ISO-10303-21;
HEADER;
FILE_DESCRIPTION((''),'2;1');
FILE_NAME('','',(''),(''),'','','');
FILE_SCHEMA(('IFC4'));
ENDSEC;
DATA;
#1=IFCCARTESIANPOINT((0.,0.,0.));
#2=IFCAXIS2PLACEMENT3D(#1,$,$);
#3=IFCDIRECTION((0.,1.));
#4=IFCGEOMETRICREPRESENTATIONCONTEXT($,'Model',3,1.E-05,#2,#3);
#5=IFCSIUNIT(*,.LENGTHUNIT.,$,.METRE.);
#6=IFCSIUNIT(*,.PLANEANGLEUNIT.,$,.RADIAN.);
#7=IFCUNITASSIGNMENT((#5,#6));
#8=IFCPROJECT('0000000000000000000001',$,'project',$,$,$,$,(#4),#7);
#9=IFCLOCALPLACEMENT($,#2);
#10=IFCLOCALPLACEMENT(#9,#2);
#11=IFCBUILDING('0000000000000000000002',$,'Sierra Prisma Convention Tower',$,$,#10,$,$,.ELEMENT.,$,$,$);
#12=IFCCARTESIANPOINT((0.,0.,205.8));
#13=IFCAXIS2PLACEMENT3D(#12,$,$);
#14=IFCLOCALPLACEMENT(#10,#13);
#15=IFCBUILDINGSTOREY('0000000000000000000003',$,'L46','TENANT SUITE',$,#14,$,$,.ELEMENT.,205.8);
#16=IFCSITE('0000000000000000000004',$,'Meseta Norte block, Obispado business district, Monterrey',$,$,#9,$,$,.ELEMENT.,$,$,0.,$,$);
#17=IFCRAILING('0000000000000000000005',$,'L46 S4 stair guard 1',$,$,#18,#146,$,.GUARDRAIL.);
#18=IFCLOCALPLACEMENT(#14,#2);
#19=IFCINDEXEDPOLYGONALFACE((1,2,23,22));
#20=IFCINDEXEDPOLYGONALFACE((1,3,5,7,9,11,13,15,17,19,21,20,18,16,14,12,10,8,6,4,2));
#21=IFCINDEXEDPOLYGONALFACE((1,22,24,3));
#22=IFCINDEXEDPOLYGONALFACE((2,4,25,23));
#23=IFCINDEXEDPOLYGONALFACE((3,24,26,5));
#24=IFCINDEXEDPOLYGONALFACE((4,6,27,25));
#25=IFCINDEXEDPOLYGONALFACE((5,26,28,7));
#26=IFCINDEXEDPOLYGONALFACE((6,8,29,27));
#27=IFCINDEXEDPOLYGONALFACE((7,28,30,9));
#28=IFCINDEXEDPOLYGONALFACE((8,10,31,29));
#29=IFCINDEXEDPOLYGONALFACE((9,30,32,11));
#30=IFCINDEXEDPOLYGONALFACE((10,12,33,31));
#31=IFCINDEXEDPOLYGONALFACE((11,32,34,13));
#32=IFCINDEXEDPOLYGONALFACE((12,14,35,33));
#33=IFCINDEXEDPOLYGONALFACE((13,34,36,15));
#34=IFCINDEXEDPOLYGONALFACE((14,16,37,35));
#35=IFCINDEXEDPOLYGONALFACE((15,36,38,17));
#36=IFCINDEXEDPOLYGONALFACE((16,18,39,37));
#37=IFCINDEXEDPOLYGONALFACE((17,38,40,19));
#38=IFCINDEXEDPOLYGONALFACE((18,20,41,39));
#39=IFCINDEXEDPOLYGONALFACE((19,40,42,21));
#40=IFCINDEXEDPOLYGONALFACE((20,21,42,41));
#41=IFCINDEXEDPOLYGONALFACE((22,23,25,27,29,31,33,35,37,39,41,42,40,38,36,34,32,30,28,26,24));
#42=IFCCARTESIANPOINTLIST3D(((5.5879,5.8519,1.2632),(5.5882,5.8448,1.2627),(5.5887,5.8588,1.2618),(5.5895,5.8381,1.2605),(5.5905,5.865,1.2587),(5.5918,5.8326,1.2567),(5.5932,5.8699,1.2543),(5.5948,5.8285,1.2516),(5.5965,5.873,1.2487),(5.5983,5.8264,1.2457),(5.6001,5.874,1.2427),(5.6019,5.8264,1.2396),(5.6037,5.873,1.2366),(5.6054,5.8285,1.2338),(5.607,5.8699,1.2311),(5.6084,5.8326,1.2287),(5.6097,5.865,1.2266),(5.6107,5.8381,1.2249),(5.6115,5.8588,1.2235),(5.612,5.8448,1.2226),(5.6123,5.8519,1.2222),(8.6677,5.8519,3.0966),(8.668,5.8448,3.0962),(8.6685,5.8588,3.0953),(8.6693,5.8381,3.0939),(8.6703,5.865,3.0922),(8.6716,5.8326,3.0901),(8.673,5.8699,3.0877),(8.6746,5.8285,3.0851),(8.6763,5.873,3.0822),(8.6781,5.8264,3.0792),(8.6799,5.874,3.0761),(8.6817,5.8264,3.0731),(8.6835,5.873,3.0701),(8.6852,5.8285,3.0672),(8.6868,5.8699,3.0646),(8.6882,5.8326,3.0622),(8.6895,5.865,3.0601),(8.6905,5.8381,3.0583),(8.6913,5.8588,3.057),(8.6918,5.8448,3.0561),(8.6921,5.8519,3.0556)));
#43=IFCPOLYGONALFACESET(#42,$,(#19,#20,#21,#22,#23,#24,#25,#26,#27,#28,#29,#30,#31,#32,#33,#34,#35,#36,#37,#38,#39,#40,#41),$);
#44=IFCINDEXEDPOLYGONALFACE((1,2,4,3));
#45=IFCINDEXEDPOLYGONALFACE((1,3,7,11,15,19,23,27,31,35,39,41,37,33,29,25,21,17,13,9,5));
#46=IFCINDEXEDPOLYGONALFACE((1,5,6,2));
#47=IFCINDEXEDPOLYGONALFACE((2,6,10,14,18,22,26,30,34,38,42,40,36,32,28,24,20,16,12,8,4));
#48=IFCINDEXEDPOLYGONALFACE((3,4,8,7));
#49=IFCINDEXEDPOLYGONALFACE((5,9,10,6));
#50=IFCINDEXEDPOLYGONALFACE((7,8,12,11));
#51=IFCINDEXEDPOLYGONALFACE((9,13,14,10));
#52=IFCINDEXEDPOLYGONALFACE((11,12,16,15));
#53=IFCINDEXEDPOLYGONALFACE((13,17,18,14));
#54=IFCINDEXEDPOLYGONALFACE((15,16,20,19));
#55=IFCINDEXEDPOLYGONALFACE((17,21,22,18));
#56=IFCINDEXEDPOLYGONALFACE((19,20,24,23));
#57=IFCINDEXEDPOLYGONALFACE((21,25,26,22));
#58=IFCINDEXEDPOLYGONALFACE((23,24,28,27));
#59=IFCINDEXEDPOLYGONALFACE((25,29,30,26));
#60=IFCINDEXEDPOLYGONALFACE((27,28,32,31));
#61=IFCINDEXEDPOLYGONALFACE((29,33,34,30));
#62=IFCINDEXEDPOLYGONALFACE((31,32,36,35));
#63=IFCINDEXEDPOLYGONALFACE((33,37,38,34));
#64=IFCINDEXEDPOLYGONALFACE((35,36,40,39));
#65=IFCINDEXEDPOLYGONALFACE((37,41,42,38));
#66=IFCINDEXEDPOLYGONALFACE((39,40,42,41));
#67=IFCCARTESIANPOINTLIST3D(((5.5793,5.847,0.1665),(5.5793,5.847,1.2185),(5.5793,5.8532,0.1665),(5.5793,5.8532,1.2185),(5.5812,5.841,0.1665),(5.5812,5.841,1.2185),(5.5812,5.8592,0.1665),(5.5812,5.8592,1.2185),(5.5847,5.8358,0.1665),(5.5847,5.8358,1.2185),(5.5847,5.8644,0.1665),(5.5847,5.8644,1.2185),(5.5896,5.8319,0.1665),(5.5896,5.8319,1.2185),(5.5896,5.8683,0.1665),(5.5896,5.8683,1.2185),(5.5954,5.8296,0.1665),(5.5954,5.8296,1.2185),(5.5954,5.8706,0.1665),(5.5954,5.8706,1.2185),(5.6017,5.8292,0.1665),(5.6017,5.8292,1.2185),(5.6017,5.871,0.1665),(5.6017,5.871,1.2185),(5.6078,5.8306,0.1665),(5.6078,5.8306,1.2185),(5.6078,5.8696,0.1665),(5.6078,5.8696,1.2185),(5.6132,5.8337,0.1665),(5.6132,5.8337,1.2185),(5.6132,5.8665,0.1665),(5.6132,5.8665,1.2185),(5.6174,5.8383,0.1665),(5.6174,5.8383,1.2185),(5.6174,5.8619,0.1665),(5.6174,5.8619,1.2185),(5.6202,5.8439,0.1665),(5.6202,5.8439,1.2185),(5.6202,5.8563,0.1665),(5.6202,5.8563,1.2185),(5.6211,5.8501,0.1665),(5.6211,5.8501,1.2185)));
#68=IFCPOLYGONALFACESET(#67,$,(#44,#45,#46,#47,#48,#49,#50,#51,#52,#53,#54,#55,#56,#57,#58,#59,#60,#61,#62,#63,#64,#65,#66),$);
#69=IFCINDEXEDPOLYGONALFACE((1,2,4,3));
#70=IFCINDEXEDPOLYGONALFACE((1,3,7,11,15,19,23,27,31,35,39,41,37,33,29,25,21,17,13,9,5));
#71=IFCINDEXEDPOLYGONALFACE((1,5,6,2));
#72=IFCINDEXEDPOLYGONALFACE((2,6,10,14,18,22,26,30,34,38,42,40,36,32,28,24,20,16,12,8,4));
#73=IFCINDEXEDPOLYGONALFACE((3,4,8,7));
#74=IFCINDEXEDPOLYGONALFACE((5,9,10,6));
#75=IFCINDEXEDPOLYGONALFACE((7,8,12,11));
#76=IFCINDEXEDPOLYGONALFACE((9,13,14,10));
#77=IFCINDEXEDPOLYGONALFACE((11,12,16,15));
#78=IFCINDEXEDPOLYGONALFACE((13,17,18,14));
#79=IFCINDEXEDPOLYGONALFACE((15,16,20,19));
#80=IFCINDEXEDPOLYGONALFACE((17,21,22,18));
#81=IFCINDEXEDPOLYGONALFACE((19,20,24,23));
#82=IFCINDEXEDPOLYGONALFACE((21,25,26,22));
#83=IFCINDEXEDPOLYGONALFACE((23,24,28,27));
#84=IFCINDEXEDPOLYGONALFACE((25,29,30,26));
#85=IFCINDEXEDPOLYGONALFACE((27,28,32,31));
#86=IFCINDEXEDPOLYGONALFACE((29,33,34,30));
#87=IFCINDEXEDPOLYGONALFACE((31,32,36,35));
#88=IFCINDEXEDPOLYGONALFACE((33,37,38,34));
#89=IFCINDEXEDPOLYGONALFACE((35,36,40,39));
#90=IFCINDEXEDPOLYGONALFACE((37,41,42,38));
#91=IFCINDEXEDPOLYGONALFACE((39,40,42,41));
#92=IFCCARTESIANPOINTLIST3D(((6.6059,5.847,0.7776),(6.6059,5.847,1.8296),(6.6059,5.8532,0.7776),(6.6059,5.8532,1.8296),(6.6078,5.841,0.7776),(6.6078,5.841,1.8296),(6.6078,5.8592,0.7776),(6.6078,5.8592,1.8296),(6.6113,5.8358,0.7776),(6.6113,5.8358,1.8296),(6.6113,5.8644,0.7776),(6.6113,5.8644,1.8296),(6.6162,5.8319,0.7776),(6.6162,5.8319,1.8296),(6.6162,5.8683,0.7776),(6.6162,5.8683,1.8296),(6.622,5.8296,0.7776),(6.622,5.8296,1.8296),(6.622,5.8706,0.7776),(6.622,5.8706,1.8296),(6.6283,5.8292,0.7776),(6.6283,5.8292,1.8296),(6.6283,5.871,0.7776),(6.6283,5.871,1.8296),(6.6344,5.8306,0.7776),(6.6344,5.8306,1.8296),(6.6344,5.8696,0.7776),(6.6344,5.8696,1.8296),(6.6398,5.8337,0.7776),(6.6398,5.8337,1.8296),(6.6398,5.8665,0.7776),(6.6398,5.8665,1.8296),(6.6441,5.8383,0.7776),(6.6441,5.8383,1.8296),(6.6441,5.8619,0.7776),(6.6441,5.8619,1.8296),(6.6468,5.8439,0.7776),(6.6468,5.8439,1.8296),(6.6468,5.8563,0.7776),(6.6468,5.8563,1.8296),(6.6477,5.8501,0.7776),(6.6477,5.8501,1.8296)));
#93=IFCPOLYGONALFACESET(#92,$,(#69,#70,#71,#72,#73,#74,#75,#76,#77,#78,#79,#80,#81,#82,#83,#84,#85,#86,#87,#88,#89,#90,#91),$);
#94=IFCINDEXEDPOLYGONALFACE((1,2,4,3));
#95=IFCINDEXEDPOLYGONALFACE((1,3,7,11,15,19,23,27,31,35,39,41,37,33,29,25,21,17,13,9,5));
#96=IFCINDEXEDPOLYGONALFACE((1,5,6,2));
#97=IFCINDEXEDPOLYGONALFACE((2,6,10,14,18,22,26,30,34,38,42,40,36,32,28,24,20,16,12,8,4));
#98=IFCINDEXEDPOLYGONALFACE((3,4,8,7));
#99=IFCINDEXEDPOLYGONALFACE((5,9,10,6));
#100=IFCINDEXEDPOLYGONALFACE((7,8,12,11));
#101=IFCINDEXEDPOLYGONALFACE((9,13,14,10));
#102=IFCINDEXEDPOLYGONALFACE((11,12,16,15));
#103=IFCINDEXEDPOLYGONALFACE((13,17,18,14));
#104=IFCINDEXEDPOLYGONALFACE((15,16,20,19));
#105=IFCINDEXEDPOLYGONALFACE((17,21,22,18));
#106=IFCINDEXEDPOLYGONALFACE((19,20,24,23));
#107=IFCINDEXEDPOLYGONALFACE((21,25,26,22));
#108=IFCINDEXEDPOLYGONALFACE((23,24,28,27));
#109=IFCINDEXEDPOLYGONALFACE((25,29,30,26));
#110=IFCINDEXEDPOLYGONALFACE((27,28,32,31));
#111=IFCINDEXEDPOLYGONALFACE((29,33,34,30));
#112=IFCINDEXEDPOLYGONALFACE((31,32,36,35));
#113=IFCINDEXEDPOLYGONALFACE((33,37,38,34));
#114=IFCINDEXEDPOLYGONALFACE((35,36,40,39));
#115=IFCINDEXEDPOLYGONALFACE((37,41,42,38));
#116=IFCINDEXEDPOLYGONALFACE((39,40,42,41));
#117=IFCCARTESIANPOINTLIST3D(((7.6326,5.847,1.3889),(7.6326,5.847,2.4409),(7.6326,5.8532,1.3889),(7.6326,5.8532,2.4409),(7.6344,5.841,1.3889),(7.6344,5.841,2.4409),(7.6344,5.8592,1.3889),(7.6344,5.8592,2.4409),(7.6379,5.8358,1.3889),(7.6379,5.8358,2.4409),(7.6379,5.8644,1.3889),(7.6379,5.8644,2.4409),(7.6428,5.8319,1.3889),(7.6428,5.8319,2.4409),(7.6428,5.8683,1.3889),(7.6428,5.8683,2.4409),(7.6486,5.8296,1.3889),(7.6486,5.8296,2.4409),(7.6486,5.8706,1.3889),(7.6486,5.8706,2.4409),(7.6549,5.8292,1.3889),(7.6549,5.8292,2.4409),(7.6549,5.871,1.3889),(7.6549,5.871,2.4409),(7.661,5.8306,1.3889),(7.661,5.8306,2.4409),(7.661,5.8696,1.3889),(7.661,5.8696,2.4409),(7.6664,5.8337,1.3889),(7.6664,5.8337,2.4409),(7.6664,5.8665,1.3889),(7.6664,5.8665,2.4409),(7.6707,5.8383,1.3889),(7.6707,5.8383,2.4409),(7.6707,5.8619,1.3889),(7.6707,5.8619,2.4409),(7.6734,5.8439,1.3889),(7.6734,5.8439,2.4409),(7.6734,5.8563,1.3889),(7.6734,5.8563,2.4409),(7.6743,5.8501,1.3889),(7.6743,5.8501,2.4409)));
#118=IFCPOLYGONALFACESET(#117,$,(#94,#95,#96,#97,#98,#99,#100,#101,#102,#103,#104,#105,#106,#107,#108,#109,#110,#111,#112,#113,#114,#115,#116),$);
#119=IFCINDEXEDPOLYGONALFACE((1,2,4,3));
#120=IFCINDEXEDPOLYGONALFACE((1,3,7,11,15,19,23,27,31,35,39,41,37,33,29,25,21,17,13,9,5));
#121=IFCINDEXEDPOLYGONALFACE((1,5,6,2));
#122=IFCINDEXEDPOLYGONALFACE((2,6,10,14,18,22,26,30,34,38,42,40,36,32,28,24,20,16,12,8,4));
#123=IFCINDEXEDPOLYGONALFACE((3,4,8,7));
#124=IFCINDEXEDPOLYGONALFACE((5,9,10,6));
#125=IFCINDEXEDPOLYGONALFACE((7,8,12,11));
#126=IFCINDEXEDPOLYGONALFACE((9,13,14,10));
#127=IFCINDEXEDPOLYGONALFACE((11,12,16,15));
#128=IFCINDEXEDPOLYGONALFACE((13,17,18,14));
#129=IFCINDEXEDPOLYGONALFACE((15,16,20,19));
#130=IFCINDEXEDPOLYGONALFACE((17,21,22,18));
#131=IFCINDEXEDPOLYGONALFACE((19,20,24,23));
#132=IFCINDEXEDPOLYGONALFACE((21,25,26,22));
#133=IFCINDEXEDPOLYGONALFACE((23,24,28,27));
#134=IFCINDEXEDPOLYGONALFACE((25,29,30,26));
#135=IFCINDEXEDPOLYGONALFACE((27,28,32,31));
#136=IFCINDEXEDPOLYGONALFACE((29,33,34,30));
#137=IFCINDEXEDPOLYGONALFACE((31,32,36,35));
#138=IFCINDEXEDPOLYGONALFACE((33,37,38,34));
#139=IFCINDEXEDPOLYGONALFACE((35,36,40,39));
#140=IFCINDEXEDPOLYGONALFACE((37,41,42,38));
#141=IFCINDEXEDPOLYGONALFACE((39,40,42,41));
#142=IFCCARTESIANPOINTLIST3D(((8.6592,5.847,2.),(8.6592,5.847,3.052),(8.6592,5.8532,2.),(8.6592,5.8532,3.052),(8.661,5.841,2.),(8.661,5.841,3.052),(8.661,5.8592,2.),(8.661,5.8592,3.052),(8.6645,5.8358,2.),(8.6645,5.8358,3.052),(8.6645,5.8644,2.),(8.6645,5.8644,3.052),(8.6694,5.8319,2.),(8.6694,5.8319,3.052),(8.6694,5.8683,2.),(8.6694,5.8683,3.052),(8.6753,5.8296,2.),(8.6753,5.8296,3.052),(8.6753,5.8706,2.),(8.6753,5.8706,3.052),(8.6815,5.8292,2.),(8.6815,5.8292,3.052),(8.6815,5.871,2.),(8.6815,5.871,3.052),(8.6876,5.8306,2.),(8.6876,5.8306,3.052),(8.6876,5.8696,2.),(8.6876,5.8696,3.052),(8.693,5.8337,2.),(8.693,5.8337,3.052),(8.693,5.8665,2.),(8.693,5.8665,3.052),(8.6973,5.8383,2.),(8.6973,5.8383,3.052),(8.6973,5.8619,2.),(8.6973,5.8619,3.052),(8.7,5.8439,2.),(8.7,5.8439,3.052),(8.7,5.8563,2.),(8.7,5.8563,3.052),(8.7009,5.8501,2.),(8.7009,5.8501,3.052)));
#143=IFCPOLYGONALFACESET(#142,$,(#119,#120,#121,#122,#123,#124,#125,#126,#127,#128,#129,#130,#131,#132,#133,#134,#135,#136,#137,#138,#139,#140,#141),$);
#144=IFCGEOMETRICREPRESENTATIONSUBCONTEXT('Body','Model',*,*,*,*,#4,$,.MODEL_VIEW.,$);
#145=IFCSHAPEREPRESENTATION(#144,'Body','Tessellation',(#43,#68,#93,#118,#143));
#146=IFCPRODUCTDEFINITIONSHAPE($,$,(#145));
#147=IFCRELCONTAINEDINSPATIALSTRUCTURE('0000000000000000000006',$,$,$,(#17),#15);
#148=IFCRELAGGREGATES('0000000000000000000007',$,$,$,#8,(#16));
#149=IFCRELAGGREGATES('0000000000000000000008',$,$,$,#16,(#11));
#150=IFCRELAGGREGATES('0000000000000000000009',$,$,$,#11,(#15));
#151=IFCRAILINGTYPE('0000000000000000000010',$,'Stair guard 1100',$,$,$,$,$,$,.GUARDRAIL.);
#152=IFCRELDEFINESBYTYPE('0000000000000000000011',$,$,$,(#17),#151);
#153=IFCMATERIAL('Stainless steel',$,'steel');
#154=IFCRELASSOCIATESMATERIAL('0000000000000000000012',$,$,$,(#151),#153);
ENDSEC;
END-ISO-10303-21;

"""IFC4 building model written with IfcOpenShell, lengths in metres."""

from ifc_helpers import new_model, si_unit, direction, frame, origin, origin_2d, place, context, subcontext, project, spatial, circle, extrude, material, type_object, element, save


model = new_model("IFC4")

# Units and contexts
model_context = context("Model", 3, precision=1e-05, world=origin(), true_north=direction((0.0, 1.0)))
body_context = subcontext(model_context, "Body", "Model", "MODEL_VIEW")
ifc_project = project(units=[si_unit("LENGTHUNIT", "METRE"), si_unit("PLANEANGLEUNIT", "RADIAN")], contexts=[model_context])

# Site, building, storey
site_placement = place(None, origin())
site = spatial("IfcSite", under=ifc_project, at=site_placement, Name="Meseta Norte block, Obispado business district, Monterrey", CompositionType="ELEMENT", RefElevation=0.0)
building_placement = place(site_placement, origin())
building = spatial("IfcBuilding", under=site, at=building_placement, Name="Sierra Prisma Convention Tower", CompositionType="ELEMENT")
storey_placement = place(building_placement, frame((0.0, 0.0, 205.8)))
storey = spatial("IfcBuildingStorey", under=building, at=storey_placement, Name="L46", Description="TENANT SUITE", CompositionType="ELEMENT", Elevation=205.8)

# Railing
ifc_material_1 = material(Name="Stainless steel", Category="steel")
railing_type_1 = type_object("IfcRailingType", Name="Stair guard 1100", PredefinedType="GUARDRAIL", material=ifc_material_1)
railing_1_placement = place(storey_placement, frame((5.6001, 5.8501, 0.1665)))
element("IfcRailing", 1, at=railing_1_placement, inside=storey, type_object=railing_type_1, Name="L46 S4 stair guard 1", PredefinedType="GUARDRAIL", context=body_context, shape_type="SweptSolid", body=[
    extrude(circle(Radius=0.0239, at=origin_2d()), frame((0.0, 0.0, 1.0762), z_axis=(0.859261, 0.0, 0.511538), x_axis=(0.0, 1.0, 0.0)), (0.0, 0.0, 1.0), 3.5842),
    extrude(circle(Radius=0.021, at=origin_2d()), origin(), (0.0, 0.0, 1.0), 1.052),
    extrude(circle(Radius=0.021, at=origin_2d()), frame((1.0266, 0.0, 0.6111)), (0.0, 0.0, 1.0), 1.052),
    extrude(circle(Radius=0.021, at=origin_2d()), frame((2.0532, 0.0, 1.2224)), (0.0, 0.0, 1.0), 1.052),
    extrude(circle(Radius=0.021, at=origin_2d()), frame((3.0798, 0.0, 1.8335)), (0.0, 0.0, 1.0), 1.052),
])

save(model, "model.ifc")
